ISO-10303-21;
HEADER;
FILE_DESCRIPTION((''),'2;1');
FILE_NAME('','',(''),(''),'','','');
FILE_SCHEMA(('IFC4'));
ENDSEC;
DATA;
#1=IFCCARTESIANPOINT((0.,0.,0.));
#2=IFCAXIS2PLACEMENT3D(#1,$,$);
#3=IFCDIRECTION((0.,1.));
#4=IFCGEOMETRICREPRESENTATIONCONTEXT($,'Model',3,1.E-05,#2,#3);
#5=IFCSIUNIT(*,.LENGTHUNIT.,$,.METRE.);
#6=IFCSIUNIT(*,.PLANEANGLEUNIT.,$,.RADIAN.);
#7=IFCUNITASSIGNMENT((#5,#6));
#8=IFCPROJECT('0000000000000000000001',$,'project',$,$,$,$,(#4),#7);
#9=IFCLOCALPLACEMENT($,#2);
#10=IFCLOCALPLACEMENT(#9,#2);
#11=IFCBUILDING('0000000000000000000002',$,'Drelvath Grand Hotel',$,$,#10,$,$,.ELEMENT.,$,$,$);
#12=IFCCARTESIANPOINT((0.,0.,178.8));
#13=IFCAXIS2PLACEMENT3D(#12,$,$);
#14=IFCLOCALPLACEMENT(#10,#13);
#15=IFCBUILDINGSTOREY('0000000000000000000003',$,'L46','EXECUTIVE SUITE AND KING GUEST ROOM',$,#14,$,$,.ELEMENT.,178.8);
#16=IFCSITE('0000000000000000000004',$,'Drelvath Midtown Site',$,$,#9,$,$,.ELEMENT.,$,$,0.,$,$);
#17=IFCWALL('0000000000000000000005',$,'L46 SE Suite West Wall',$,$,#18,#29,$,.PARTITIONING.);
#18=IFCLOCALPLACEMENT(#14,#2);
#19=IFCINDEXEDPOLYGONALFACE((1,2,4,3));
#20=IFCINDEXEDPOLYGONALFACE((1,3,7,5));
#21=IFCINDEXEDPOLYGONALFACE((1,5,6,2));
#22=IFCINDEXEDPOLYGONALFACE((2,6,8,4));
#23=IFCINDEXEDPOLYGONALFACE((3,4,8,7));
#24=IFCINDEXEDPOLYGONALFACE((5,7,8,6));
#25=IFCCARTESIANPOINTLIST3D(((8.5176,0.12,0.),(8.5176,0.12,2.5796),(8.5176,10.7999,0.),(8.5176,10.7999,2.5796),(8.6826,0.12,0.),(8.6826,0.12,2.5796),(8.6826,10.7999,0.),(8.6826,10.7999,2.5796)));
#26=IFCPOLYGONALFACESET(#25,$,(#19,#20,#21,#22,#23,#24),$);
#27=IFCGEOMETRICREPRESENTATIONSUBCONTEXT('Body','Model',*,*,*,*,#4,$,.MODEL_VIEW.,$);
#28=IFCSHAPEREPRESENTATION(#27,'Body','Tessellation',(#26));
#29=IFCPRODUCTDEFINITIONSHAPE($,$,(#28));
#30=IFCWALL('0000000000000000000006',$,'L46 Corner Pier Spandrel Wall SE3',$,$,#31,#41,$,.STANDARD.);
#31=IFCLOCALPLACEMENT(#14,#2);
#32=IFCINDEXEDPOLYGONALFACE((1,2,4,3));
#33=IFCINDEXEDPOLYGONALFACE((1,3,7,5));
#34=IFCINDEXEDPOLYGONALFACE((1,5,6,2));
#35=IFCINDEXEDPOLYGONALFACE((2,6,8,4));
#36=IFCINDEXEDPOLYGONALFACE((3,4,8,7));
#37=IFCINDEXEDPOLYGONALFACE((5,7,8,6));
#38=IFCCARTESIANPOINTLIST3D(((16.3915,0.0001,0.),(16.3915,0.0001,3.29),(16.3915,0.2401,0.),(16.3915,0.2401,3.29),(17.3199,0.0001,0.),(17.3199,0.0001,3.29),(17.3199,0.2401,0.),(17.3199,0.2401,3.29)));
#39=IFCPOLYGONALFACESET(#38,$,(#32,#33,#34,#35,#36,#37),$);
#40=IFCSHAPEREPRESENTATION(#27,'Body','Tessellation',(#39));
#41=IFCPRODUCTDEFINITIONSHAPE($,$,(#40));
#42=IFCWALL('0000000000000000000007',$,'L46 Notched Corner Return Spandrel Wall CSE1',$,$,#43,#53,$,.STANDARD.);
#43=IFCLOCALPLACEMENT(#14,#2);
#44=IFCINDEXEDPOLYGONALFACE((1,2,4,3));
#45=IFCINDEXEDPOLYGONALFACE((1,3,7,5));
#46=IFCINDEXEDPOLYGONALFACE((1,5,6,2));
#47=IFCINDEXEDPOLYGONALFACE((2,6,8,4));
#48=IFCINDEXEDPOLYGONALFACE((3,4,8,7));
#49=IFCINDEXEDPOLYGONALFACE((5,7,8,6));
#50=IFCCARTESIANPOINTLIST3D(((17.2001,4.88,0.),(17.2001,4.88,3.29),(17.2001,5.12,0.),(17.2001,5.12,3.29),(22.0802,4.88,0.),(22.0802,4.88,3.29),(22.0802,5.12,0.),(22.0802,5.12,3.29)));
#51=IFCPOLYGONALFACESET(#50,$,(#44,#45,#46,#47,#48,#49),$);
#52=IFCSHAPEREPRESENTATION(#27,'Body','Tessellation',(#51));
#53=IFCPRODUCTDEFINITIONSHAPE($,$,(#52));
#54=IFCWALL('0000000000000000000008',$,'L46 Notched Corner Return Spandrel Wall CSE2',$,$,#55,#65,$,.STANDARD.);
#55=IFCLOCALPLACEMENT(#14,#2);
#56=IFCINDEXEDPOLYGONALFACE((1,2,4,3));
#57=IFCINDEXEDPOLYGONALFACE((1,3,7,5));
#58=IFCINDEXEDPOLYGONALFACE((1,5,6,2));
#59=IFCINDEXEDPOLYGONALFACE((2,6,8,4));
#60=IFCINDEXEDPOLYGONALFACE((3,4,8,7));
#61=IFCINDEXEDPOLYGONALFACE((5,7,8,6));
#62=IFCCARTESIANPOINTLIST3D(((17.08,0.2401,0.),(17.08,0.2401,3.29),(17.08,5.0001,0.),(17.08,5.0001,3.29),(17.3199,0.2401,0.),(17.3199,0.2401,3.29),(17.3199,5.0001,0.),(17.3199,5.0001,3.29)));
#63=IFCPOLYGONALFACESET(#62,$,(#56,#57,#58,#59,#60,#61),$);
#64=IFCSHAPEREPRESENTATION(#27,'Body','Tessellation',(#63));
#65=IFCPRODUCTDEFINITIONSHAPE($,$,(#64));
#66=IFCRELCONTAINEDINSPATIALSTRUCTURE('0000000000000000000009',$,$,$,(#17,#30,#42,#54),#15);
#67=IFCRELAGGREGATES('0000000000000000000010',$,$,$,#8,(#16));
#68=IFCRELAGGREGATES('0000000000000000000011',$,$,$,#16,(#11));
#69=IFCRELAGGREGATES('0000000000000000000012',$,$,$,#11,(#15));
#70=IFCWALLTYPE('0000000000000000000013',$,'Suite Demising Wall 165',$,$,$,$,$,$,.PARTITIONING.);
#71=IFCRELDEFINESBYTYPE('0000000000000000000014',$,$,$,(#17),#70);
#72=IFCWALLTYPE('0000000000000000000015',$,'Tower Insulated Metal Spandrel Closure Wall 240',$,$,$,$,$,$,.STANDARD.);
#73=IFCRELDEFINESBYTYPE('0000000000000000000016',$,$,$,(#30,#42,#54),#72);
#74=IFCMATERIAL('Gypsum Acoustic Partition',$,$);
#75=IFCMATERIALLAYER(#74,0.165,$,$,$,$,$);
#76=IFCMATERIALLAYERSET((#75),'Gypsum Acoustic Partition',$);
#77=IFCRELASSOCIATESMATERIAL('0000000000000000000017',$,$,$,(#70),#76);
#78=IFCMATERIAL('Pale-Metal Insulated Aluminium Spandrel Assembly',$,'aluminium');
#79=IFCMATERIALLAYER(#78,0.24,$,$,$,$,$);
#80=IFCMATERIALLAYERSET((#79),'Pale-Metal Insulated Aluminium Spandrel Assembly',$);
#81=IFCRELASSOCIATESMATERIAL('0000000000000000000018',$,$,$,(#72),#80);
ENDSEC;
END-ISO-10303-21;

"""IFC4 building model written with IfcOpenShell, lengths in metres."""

from ifc_helpers import new_model, si_unit, direction, frame, frame_2d, origin, place, context, subcontext, project, spatial, rectangle, extrude, material, layer, layer_set, type_object, element, save


model = new_model("IFC4")

# Units and contexts
model_context = context("Model", 3, precision=1e-05, world=origin(), true_north=direction((0.0, 1.0)))
body_context = subcontext(model_context, "Body", "Model", "MODEL_VIEW")
ifc_project = project(units=[si_unit("LENGTHUNIT", "METRE"), si_unit("PLANEANGLEUNIT", "RADIAN")], contexts=[model_context])

# Site, building, storey
site_placement = place(None, origin())
site = spatial("IfcSite", under=ifc_project, at=site_placement, Name="Drelvath Midtown Site", CompositionType="ELEMENT", RefElevation=0.0)
building_placement = place(site_placement, origin())
building = spatial("IfcBuilding", under=site, at=building_placement, Name="Drelvath Grand Hotel", CompositionType="ELEMENT")
storey_placement = place(building_placement, frame((0.0, 0.0, 178.8)))
storey = spatial("IfcBuildingStorey", under=building, at=storey_placement, Name="L46", Description="EXECUTIVE SUITE AND KING GUEST ROOM", CompositionType="ELEMENT", Elevation=178.8)

# Walls
ifc_material_1 = material(Name="Gypsum Acoustic Partition")
ifc_layer_1 = layer(ifc_material_1, 0.165)
ifc_layer_set_1 = layer_set([ifc_layer_1], Name="Gypsum Acoustic Partition")
wall_type_1 = type_object("IfcWallType", Name="Suite Demising Wall 165", PredefinedType="PARTITIONING", material=ifc_layer_set_1)
wall_1_placement = place(storey_placement, frame((8.6001, 0.1201, 0.0), z_axis=(0.0, 0.0, 1.0), x_axis=(0.0, 1.0, 0.0)))
element("IfcWall", 1, at=wall_1_placement, inside=storey, type_object=wall_type_1, Name="L46 SE Suite West Wall", PredefinedType="PARTITIONING", context=body_context, shape_type="SweptSolid", body=[
    extrude(rectangle(XDim=10.6799, YDim=0.165, at=frame_2d((5.3398, 0.0))), origin(), (0.0, 0.0, 1.0), 2.5796),
])
ifc_material_2 = material(Name="Pale-Metal Insulated Aluminium Spandrel Assembly", Category="aluminium")
ifc_layer_2 = layer(ifc_material_2, 0.24)
ifc_layer_set_2 = layer_set([ifc_layer_2], Name="Pale-Metal Insulated Aluminium Spandrel Assembly")
wall_type_2 = type_object("IfcWallType", Name="Tower Insulated Metal Spandrel Closure Wall 240", PredefinedType="STANDARD", material=ifc_layer_set_2)
wall_2_placement = place(storey_placement, frame((17.3201, 0.1201, 0.0), z_axis=(0.0, 0.0, 1.0), x_axis=(-1.0, 0.0, 0.0)))
element("IfcWall", 2, at=wall_2_placement, inside=storey, type_object=wall_type_2, Name="L46 Corner Pier Spandrel Wall SE3", PredefinedType="STANDARD", context=body_context, shape_type="SweptSolid", body=[
    extrude(rectangle(XDim=0.9285, YDim=0.24, at=frame_2d((0.4644, 0.0))), origin(), (0.0, 0.0, 1.0), 3.29),
])
wall_3_placement = place(storey_placement, frame((22.0801, 5.0, 0.0), z_axis=(0.0, 0.0, 1.0), x_axis=(-1.0, 0.0, 0.0)))
element("IfcWall", 3, at=wall_3_placement, inside=storey, type_object=wall_type_2, Name="L46 Notched Corner Return Spandrel Wall CSE1", PredefinedType="STANDARD", context=body_context, shape_type="SweptSolid", body=[
    extrude(rectangle(XDim=4.8801, YDim=0.24, at=frame_2d((2.4399, 0.0))), origin(), (0.0, 0.0, 1.0), 3.29),
])
wall_4_placement = place(storey_placement, frame((17.2, 5.0, 0.0), z_axis=(0.0, 0.0, 1.0), x_axis=(0.0, -1.0, 0.0)))
element("IfcWall", 4, at=wall_4_placement, inside=storey, type_object=wall_type_2, Name="L46 Notched Corner Return Spandrel Wall CSE2", PredefinedType="STANDARD", context=body_context, shape_type="SweptSolid", body=[
    extrude(rectangle(XDim=4.76, YDim=0.24, at=frame_2d((2.3799, 0.0))), origin(), (0.0, 0.0, 1.0), 3.29),
])

save(model, "model.ifc")
